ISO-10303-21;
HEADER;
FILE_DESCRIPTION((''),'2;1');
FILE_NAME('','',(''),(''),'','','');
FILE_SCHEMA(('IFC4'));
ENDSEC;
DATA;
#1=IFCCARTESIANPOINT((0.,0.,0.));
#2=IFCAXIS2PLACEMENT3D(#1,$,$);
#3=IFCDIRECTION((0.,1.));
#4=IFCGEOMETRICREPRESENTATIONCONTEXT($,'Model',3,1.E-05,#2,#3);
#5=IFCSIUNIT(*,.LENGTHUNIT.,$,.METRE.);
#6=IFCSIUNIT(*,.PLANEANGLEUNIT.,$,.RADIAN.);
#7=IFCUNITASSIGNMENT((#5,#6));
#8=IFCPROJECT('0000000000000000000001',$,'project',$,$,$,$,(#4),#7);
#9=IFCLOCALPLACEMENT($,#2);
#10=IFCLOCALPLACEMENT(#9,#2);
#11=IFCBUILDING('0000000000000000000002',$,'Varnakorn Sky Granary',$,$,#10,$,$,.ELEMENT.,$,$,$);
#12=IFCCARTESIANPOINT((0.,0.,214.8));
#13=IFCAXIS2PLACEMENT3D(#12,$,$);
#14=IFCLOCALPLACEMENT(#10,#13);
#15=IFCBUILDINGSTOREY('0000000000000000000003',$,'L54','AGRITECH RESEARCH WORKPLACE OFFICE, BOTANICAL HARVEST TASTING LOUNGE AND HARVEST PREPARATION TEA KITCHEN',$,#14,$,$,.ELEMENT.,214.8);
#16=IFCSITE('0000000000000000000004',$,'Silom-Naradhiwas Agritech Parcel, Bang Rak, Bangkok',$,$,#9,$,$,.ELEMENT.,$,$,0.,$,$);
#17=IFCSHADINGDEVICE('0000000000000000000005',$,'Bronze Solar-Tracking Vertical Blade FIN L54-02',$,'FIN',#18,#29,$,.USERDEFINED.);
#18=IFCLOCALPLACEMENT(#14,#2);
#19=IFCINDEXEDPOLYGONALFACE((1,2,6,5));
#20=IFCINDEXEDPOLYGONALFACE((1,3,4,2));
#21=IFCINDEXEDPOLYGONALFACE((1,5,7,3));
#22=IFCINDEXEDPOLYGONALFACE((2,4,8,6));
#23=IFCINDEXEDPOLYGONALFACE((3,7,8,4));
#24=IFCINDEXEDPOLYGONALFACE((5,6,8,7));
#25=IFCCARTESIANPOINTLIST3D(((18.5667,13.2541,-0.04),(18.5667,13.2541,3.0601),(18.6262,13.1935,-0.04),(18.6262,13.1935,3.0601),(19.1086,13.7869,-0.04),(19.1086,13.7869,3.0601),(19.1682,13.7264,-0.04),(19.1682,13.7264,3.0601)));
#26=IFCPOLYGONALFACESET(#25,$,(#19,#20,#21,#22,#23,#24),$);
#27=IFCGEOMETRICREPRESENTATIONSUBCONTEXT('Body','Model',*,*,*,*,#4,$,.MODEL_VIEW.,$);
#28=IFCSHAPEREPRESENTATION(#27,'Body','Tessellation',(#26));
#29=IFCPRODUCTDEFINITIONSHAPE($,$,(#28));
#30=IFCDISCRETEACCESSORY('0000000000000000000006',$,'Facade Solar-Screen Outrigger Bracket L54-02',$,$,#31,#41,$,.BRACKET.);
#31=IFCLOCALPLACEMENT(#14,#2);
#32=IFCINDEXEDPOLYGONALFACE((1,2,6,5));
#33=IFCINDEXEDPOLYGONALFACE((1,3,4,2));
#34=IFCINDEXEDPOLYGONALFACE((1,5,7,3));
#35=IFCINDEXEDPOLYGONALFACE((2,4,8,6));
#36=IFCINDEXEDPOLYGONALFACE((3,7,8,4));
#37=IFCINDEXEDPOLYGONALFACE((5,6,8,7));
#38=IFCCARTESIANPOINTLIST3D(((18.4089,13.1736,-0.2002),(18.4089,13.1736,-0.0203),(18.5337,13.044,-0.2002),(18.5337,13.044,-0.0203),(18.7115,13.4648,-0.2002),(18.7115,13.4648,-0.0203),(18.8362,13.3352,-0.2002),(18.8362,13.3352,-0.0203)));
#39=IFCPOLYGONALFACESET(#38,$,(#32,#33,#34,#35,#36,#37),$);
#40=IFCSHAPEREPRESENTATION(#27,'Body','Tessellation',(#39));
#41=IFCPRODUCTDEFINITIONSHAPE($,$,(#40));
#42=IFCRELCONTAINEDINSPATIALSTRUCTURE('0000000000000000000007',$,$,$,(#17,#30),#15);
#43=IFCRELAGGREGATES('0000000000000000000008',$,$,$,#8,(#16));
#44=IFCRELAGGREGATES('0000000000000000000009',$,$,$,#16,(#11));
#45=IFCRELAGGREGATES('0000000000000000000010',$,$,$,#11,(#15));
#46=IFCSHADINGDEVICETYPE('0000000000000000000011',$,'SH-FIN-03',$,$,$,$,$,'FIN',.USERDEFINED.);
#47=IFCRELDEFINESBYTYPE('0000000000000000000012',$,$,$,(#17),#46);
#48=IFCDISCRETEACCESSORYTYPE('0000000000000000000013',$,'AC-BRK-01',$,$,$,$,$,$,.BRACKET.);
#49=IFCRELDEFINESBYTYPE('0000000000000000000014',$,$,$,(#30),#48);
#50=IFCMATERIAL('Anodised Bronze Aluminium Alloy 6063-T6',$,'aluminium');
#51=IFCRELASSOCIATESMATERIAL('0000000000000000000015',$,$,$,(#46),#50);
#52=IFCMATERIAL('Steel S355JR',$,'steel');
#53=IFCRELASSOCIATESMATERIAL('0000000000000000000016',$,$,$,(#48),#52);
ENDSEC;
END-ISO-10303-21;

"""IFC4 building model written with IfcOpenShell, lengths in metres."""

from ifc_helpers import new_model, si_unit, direction, frame, origin, origin_2d, place, context, subcontext, project, spatial, rectangle, extrude, source, transform, mapped, material, type_object, type_shapes, element, save


model = new_model("IFC4")

# Units and contexts
model_context = context("Model", 3, precision=1e-05, world=origin(), true_north=direction((0.0, 1.0)))
body_context = subcontext(model_context, "Body", "Model", "MODEL_VIEW")
ifc_project = project(units=[si_unit("LENGTHUNIT", "METRE"), si_unit("PLANEANGLEUNIT", "RADIAN")], contexts=[model_context])

# Site, building, storey
site_placement = place(None, origin())
site = spatial("IfcSite", under=ifc_project, at=site_placement, Name="Silom-Naradhiwas Agritech Parcel, Bang Rak, Bangkok", CompositionType="ELEMENT", RefElevation=0.0)
building_placement = place(site_placement, origin())
building = spatial("IfcBuilding", under=site, at=building_placement, Name="Varnakorn Sky Granary", CompositionType="ELEMENT")
storey_placement = place(building_placement, frame((0.0, 0.0, 214.8)))
storey = spatial("IfcBuildingStorey", under=building, at=storey_placement, Name="L54", Description="AGRITECH RESEARCH WORKPLACE OFFICE, BOTANICAL HARVEST TASTING LOUNGE AND HARVEST PREPARATION TEA KITCHEN", CompositionType="ELEMENT", Elevation=214.8)

# Shared definitions
ifc_material_1 = material(Name="Steel S355JR", Category="steel")

# Shared definitions
ifc_material_2 = material(Name="Anodised Bronze Aluminium Alloy 6063-T6", Category="aluminium")

# Shading device
shading_device_type = type_object("IfcShadingDeviceType", Name="SH-FIN-03", ElementType="FIN", PredefinedType="USERDEFINED", material=ifc_material_2)
shared_shape_1 = source(origin(), body_context, "Body", "SweptSolid", [
    extrude(rectangle(XDim=0.085, YDim=0.76, at=origin_2d()), origin(), (0.0, 0.0, 1.0), 3.1001),
])
type_shapes(shading_device_type, [shared_shape_1])
shading_device_placement = place(storey_placement, frame((18.8674, 13.4902, -0.04), z_axis=(0.0, 0.0, 1.0), x_axis=(-0.701096, 0.713066, 0.0)))
element("IfcShadingDevice", 1, at=shading_device_placement, inside=storey, type_object=shading_device_type, Name="Bronze Solar-Tracking Vertical Blade FIN L54-02", ObjectType="FIN", PredefinedType="USERDEFINED", context=body_context, shape_type="MappedRepresentation", body=[
    mapped(shared_shape_1, transform((0.0, 0.0, 0.0), x_axis=(1.0, 0.0, 0.0), y_axis=(0.0, 1.0, 0.0), z_axis=(0.0, 0.0, 1.0), scale=1.0)),
])

# Discrete accessory
discrete_accessory_type = type_object("IfcDiscreteAccessoryType", Name="AC-BRK-01", PredefinedType="BRACKET", material=ifc_material_1)
shared_shape_2 = source(origin(), body_context, "Body", "SweptSolid", [
    extrude(rectangle(XDim=0.1799, YDim=0.4199, at=origin_2d()), origin(), (0.0, 0.0, 1.0), 0.1799),
])
type_shapes(discrete_accessory_type, [shared_shape_2])
discrete_accessory_placement = place(storey_placement, frame((18.6226, 13.2544, -0.2002), z_axis=(0.0, 0.0, 1.0), x_axis=(-0.693426, 0.720528, 0.0)))
element("IfcDiscreteAccessory", 2, at=discrete_accessory_placement, inside=storey, type_object=discrete_accessory_type, Name="Facade Solar-Screen Outrigger Bracket L54-02", PredefinedType="BRACKET", context=body_context, shape_type="MappedRepresentation", body=[
    mapped(shared_shape_2, transform((0.0, 0.0, 0.0), x_axis=(1.0, 0.0, 0.0), y_axis=(0.0, 1.0, 0.0), z_axis=(0.0, 0.0, 1.0), scale=1.0)),
])

save(model, "model.ifc")
